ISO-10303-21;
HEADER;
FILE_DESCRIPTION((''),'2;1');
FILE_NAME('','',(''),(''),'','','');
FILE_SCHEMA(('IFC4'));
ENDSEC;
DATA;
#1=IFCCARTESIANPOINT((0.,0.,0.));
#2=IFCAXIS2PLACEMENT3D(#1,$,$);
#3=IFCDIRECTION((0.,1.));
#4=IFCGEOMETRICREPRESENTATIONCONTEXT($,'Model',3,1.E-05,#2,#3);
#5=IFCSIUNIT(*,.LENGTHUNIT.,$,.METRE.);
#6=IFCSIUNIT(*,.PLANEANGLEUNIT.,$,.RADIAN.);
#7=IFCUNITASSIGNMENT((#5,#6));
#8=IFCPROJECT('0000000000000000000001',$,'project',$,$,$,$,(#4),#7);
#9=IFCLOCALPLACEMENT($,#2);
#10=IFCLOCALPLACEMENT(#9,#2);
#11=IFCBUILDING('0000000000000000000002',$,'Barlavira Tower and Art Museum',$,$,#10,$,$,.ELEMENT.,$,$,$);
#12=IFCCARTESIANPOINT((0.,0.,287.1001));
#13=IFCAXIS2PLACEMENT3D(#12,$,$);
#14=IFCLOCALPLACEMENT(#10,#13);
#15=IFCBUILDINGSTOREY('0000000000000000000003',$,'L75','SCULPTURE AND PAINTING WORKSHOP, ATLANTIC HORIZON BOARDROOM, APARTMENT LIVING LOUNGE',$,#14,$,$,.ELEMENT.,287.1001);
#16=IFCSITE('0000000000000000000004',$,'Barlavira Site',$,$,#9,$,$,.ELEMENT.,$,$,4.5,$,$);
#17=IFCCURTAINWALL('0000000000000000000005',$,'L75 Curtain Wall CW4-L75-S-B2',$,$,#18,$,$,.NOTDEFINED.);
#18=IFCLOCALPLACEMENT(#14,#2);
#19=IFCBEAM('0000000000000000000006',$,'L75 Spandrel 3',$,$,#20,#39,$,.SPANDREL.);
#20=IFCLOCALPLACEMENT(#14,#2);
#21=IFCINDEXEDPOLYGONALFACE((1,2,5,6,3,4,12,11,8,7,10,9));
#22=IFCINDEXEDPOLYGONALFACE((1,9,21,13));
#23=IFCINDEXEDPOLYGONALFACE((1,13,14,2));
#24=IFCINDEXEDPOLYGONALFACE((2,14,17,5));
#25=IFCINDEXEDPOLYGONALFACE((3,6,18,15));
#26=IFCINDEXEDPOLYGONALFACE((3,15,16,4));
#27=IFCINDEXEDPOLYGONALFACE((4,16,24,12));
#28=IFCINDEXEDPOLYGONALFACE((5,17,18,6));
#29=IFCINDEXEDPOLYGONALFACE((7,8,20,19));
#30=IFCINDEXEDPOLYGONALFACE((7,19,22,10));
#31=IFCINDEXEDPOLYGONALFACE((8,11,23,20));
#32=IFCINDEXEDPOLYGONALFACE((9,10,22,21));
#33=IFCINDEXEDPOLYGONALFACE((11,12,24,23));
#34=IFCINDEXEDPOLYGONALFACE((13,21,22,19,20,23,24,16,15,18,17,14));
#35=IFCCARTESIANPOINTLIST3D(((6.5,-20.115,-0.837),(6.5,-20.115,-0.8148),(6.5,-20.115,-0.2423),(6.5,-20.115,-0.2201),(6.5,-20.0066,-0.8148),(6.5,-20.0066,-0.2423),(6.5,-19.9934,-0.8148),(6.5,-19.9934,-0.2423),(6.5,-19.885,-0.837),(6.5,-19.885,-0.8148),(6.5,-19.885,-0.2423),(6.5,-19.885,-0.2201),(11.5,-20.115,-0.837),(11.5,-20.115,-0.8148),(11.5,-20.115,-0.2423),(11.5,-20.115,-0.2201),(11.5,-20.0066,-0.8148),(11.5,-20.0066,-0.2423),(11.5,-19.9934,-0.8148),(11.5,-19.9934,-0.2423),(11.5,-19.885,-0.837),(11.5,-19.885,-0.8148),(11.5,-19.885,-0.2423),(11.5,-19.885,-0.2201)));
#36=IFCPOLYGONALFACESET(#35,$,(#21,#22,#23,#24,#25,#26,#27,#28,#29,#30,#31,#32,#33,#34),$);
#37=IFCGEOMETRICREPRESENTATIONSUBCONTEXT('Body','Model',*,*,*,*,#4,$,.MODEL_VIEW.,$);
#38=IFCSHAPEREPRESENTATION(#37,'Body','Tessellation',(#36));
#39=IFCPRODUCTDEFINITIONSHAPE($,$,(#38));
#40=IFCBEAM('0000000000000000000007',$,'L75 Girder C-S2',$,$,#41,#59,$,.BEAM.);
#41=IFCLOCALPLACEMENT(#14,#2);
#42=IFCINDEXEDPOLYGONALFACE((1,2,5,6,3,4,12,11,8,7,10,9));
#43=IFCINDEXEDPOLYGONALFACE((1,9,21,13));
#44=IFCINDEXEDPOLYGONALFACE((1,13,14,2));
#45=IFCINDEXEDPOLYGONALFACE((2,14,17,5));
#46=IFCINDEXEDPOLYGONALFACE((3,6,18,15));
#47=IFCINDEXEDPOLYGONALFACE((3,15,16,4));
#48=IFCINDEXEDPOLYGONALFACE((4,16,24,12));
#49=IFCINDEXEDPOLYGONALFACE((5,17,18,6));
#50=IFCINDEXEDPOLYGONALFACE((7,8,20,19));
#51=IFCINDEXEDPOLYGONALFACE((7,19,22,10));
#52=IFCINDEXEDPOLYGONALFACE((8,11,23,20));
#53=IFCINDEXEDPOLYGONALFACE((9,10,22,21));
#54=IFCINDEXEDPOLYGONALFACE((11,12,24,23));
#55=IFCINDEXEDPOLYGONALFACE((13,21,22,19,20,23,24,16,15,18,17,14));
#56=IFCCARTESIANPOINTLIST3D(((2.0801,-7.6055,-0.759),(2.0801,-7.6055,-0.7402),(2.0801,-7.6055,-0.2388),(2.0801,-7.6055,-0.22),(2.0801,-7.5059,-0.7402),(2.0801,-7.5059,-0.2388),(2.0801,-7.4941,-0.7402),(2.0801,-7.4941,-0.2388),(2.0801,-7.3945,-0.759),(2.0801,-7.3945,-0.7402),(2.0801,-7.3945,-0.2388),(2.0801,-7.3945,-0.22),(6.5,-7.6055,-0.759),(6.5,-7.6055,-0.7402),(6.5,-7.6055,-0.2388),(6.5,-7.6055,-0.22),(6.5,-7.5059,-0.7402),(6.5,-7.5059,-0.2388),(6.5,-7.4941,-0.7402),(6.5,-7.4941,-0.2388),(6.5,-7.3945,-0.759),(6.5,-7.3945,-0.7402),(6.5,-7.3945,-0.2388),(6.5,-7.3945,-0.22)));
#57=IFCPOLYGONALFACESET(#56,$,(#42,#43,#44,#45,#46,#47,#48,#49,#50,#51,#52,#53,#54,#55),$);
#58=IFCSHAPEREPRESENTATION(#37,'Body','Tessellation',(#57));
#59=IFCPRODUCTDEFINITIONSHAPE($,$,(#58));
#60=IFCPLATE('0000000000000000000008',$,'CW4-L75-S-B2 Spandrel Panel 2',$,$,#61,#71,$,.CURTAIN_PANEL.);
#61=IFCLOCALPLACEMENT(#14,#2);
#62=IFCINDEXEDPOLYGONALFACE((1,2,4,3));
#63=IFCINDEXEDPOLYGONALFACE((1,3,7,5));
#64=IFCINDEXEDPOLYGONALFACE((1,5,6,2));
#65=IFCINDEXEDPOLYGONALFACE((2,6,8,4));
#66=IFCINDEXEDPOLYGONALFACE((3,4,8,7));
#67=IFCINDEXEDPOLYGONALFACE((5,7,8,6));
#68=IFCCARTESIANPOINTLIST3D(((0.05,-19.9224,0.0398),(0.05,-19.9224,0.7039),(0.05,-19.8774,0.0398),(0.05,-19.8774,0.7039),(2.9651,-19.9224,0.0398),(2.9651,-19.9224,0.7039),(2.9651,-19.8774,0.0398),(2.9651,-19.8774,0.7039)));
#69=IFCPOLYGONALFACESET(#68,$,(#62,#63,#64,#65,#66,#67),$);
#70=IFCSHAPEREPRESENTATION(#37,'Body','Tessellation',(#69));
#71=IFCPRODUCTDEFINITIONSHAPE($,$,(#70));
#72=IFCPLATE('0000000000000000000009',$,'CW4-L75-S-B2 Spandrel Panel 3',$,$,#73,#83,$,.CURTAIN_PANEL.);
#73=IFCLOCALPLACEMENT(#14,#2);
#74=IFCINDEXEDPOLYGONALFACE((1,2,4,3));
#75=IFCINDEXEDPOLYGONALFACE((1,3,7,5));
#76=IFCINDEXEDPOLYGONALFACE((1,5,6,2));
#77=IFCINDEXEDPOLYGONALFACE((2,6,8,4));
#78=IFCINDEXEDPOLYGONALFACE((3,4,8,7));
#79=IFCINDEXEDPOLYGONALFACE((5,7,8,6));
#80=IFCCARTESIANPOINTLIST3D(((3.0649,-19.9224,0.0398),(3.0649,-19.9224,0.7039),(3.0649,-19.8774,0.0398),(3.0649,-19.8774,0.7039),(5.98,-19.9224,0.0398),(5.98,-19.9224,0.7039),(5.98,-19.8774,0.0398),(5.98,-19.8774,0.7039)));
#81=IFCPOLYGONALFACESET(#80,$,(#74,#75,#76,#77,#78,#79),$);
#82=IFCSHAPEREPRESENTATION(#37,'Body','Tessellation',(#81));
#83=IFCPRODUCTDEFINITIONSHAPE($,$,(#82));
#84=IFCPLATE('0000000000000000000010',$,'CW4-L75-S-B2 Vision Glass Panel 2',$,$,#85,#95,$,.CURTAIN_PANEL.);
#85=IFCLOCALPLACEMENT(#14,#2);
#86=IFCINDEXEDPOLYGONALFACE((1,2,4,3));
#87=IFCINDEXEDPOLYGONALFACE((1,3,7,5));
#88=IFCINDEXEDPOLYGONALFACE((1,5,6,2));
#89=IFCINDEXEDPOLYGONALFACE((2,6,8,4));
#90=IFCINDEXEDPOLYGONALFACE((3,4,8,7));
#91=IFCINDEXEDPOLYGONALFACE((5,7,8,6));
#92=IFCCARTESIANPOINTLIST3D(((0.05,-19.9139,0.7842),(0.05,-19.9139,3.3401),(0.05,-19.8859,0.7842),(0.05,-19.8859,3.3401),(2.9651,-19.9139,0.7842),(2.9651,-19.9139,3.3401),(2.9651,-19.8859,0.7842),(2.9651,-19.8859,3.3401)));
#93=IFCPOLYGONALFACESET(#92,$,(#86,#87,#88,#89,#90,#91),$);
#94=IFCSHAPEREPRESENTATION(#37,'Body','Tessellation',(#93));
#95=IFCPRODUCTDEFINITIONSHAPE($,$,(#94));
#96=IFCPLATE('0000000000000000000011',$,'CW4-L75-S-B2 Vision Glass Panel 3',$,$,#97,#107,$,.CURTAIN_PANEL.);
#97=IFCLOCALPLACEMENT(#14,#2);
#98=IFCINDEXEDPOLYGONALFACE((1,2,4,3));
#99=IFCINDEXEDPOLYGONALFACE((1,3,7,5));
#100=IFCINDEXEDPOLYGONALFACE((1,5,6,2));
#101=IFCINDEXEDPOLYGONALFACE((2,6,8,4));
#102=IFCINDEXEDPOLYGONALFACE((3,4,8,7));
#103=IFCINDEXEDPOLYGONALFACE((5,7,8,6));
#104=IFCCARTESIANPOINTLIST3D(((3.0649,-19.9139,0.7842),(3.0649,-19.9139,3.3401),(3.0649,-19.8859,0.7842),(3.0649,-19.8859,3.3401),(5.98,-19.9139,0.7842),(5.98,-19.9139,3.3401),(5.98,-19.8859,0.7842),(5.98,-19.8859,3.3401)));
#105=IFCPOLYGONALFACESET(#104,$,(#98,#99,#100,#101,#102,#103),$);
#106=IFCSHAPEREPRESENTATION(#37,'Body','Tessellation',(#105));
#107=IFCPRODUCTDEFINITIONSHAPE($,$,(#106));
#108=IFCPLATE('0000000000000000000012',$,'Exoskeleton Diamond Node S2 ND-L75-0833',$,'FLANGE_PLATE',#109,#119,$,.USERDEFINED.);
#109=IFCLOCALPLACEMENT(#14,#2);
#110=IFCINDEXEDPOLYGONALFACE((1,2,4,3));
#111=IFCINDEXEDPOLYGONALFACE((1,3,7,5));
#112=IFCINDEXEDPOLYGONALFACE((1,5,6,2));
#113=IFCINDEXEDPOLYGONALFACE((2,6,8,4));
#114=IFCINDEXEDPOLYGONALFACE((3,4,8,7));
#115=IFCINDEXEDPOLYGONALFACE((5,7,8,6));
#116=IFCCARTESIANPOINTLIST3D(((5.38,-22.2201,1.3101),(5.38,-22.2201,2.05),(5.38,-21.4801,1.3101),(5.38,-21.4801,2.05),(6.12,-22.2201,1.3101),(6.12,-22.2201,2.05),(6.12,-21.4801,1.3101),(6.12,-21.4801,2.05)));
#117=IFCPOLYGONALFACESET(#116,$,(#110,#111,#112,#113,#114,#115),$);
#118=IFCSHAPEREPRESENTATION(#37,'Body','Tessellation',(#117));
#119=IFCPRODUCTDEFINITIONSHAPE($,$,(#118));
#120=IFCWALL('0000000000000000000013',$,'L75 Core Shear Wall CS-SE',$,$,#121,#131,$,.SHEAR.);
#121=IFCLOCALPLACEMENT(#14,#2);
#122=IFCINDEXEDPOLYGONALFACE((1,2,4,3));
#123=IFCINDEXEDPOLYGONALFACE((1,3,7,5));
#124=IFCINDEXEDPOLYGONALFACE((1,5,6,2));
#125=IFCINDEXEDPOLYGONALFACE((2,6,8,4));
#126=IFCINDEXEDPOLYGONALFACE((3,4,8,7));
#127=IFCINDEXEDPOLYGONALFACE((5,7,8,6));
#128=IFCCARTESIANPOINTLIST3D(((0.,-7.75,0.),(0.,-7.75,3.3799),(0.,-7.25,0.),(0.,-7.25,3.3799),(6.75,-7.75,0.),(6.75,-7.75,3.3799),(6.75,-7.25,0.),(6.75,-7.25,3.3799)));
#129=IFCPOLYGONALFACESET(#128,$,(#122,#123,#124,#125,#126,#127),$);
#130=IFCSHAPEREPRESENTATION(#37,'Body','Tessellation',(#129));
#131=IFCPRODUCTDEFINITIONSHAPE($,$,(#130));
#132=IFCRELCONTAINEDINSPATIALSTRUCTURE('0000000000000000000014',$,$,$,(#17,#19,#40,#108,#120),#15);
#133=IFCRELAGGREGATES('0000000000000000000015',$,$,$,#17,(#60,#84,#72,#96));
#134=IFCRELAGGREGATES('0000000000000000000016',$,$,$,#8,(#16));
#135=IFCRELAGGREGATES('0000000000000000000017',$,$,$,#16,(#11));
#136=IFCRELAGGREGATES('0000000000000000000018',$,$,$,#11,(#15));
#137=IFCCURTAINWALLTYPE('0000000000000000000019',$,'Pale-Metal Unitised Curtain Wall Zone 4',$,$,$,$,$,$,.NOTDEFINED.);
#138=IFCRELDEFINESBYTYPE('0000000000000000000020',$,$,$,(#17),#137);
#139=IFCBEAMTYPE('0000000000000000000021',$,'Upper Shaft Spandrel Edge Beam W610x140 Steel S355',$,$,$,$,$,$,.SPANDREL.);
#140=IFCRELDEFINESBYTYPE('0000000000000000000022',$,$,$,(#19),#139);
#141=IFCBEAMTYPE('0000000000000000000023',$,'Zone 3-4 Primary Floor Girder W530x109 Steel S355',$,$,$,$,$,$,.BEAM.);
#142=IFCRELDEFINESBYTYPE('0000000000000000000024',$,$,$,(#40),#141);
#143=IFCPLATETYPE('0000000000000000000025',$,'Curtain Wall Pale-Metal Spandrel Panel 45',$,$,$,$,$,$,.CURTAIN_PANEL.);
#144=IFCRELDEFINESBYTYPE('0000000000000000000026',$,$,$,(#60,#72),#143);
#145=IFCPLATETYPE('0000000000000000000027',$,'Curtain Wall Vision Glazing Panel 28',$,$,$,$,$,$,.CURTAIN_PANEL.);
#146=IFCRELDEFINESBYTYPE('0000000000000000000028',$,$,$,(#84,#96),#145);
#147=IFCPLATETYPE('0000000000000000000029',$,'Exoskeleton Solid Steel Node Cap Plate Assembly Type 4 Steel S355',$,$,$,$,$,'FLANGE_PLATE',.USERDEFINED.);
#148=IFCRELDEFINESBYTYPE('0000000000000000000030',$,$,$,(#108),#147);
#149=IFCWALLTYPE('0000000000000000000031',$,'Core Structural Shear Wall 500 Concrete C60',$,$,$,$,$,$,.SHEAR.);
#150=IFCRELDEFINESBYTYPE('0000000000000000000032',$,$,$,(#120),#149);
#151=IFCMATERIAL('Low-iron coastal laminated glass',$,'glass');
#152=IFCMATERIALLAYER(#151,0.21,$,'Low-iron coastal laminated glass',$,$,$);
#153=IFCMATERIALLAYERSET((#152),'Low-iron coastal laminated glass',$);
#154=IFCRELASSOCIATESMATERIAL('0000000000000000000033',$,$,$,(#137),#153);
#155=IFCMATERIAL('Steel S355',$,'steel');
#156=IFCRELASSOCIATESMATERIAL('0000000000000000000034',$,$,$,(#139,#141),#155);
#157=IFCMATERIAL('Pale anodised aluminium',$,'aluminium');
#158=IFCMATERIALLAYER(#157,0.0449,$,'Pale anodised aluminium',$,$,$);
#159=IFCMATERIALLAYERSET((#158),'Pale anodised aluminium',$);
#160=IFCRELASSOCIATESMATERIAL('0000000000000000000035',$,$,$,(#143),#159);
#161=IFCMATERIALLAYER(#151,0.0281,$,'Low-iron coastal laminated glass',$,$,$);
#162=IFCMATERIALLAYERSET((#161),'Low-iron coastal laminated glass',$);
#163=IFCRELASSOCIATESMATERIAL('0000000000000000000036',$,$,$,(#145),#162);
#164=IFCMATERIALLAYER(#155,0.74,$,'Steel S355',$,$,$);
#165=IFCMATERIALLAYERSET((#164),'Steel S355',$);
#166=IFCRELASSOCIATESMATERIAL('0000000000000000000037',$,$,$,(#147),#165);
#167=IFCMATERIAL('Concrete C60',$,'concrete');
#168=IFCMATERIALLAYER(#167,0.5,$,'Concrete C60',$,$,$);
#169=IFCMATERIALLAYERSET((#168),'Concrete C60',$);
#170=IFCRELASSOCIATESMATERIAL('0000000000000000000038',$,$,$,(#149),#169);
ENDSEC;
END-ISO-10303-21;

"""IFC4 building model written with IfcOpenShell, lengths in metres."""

from ifc_helpers import new_model, si_unit, direction, frame, frame_2d, origin, origin_2d, place, context, subcontext, project, spatial, rectangle, i_section, extrude, material, layer, layer_set, material_profile, profile_set, type_object, element, aggregate, save


model = new_model("IFC4")

# Units and contexts
model_context = context("Model", 3, precision=1e-05, world=origin(), true_north=direction((0.0, 1.0)))
body_context = subcontext(model_context, "Body", "Model", "MODEL_VIEW")
ifc_project = project(units=[si_unit("LENGTHUNIT", "METRE"), si_unit("PLANEANGLEUNIT", "RADIAN")], contexts=[model_context])

# Site, building, storey
site_placement = place(None, origin())
site = spatial("IfcSite", under=ifc_project, at=site_placement, Name="Barlavira Site", CompositionType="ELEMENT", RefElevation=4.5)
building_placement = place(site_placement, origin())
building = spatial("IfcBuilding", under=site, at=building_placement, Name="Barlavira Tower and Art Museum", CompositionType="ELEMENT")
storey_placement = place(building_placement, frame((0.0, 0.0, 287.1001)))
storey = spatial("IfcBuildingStorey", under=building, at=storey_placement, Name="L75", Description="SCULPTURE AND PAINTING WORKSHOP, ATLANTIC HORIZON BOARDROOM, APARTMENT LIVING LOUNGE", CompositionType="ELEMENT", Elevation=287.1001)

# Shared definitions
ifc_material_1 = material(Name="Steel S355", Category="steel")

# Curtain wall
ifc_material_2 = material(Name="Low-iron coastal laminated glass", Category="glass")
ifc_layer_1 = layer(ifc_material_2, 0.21, Name="Low-iron coastal laminated glass")
ifc_layer_set_1 = layer_set([ifc_layer_1], Name="Low-iron coastal laminated glass")
curtain_wall_type = type_object("IfcCurtainWallType", Name="Pale-Metal Unitised Curtain Wall Zone 4", PredefinedType="NOTDEFINED", material=ifc_layer_set_1)
curtain_wall_placement = place(storey_placement, origin())
curtain_wall = element("IfcCurtainWall", 1, at=curtain_wall_placement, inside=storey, type_object=curtain_wall_type, Name="L75 Curtain Wall CW4-L75-S-B2", PredefinedType="NOTDEFINED")
ifc_material_3 = material(Name="Pale anodised aluminium", Category="aluminium")

# Beams
ifc_material_profile_1 = material_profile(ifc_material_1, i_section(OverallWidth=0.23, OverallDepth=0.6169, WebThickness=0.0132, FlangeThickness=0.0222, at=origin_2d()), Name="W610x140.0")
ifc_profile_set_1 = profile_set([ifc_material_profile_1], Name="Steel S355")
beam_type_1 = type_object("IfcBeamType", Name="Upper Shaft Spandrel Edge Beam W610x140 Steel S355", PredefinedType="SPANDREL", material=ifc_profile_set_1)
beam_1_placement = place(storey_placement, frame((6.5, -20.0, -0.5286), z_axis=(1.0, 0.0, 0.0), x_axis=(0.0, 1.0, 0.0)))
element("IfcBeam", 2, at=beam_1_placement, inside=storey, type_object=beam_type_1, Name="L75 Spandrel 3", PredefinedType="SPANDREL", context=body_context, shape_type="SweptSolid", body=[
    extrude(i_section(OverallWidth=0.23, OverallDepth=0.6169, WebThickness=0.0132, FlangeThickness=0.0222, at=origin_2d()), origin(), (0.0, 0.0, 1.0), 5.0),
])
ifc_material_profile_2 = material_profile(ifc_material_1, i_section(OverallWidth=0.2109, OverallDepth=0.5391, WebThickness=0.0117, FlangeThickness=0.0188, at=origin_2d()), Name="W530x109.0")
ifc_profile_set_2 = profile_set([ifc_material_profile_2], Name="Steel S355")
beam_type_2 = type_object("IfcBeamType", Name="Zone 3-4 Primary Floor Girder W530x109 Steel S355", PredefinedType="BEAM", material=ifc_profile_set_2)
beam_2_placement = place(storey_placement, frame((2.0801, -7.5, -0.4895), z_axis=(1.0, 0.0, 0.0), x_axis=(0.0, 1.0, 0.0)))
element("IfcBeam", 3, at=beam_2_placement, inside=storey, type_object=beam_type_2, Name="L75 Girder C-S2", PredefinedType="BEAM", context=body_context, shape_type="SweptSolid", body=[
    extrude(i_section(OverallWidth=0.2109, OverallDepth=0.5391, WebThickness=0.0117, FlangeThickness=0.0188, at=origin_2d()), origin(), (0.0, 0.0, 1.0), 4.4199),
])

# Plates
ifc_layer_2 = layer(ifc_material_3, 0.0449, Name="Pale anodised aluminium")
ifc_layer_set_2 = layer_set([ifc_layer_2], Name="Pale anodised aluminium")
plate_type_1 = type_object("IfcPlateType", Name="Curtain Wall Pale-Metal Spandrel Panel 45", PredefinedType="CURTAIN_PANEL", material=ifc_layer_set_2)
plate_1_placement = place(storey_placement, frame((1.5076, -19.8999, 0.0398), z_axis=(0.0, 0.0, 1.0), x_axis=(1.0, 0.0, 0.0)))
plate_1 = element("IfcPlate", 4, at=plate_1_placement, type_object=plate_type_1, Name="CW4-L75-S-B2 Spandrel Panel 2", PredefinedType="CURTAIN_PANEL", context=body_context, shape_type="SweptSolid", body=[
    extrude(rectangle(XDim=2.915, YDim=0.0449, at=origin_2d()), origin(), (0.0, 0.0, 1.0), 0.6641),
])
plate_2_placement = place(storey_placement, frame((4.5225, -19.8999, 0.0398), z_axis=(0.0, 0.0, 1.0), x_axis=(1.0, 0.0, 0.0)))
plate_2 = element("IfcPlate", 5, at=plate_2_placement, type_object=plate_type_1, Name="CW4-L75-S-B2 Spandrel Panel 3", PredefinedType="CURTAIN_PANEL", context=body_context, shape_type="SweptSolid", body=[
    extrude(rectangle(XDim=2.915, YDim=0.0449, at=origin_2d()), origin(), (0.0, 0.0, 1.0), 0.6641),
])
ifc_layer_3 = layer(ifc_material_2, 0.0281, Name="Low-iron coastal laminated glass")
ifc_layer_set_3 = layer_set([ifc_layer_3], Name="Low-iron coastal laminated glass")
plate_type_2 = type_object("IfcPlateType", Name="Curtain Wall Vision Glazing Panel 28", PredefinedType="CURTAIN_PANEL", material=ifc_layer_set_3)
plate_3_placement = place(storey_placement, frame((1.5076, -19.8999, 0.7842), z_axis=(0.0, 0.0, 1.0), x_axis=(1.0, 0.0, 0.0)))
plate_3 = element("IfcPlate", 6, at=plate_3_placement, type_object=plate_type_2, Name="CW4-L75-S-B2 Vision Glass Panel 2", PredefinedType="CURTAIN_PANEL", context=body_context, shape_type="SweptSolid", body=[
    extrude(rectangle(XDim=2.915, YDim=0.0281, at=origin_2d()), origin(), (0.0, 0.0, 1.0), 2.5559),
])
plate_4_placement = place(storey_placement, frame((4.5225, -19.8999, 0.7842), z_axis=(0.0, 0.0, 1.0), x_axis=(1.0, 0.0, 0.0)))
plate_4 = element("IfcPlate", 7, at=plate_4_placement, type_object=plate_type_2, Name="CW4-L75-S-B2 Vision Glass Panel 3", PredefinedType="CURTAIN_PANEL", context=body_context, shape_type="SweptSolid", body=[
    extrude(rectangle(XDim=2.915, YDim=0.0281, at=origin_2d()), origin(), (0.0, 0.0, 1.0), 2.5559),
])
aggregate(curtain_wall, [plate_1, plate_3, plate_2, plate_4])
ifc_layer_4 = layer(ifc_material_1, 0.74, Name="Steel S355")
ifc_layer_set_4 = layer_set([ifc_layer_4], Name="Steel S355")
plate_type_3 = type_object("IfcPlateType", Name="Exoskeleton Solid Steel Node Cap Plate Assembly Type 4 Steel S355", ElementType="FLANGE_PLATE", PredefinedType="USERDEFINED", material=ifc_layer_set_4)
plate_5_placement = place(storey_placement, frame((5.75, -21.8501, 1.3101), z_axis=(0.0, 0.0, 1.0), x_axis=(1.0, 0.0, 0.0)))
element("IfcPlate", 8, at=plate_5_placement, inside=storey, type_object=plate_type_3, Name="Exoskeleton Diamond Node S2 ND-L75-0833", ObjectType="FLANGE_PLATE", PredefinedType="USERDEFINED", context=body_context, shape_type="SweptSolid", body=[
    extrude(rectangle(XDim=0.74, YDim=0.74, at=origin_2d()), origin(), (0.0, 0.0, 1.0), 0.74),
])

# Wall
ifc_material_4 = material(Name="Concrete C60", Category="concrete")
ifc_layer_5 = layer(ifc_material_4, 0.5, Name="Concrete C60")
ifc_layer_set_5 = layer_set([ifc_layer_5], Name="Concrete C60")
wall_type = type_object("IfcWallType", Name="Core Structural Shear Wall 500 Concrete C60", PredefinedType="SHEAR", material=ifc_layer_set_5)
wall_placement = place(storey_placement, frame((0.0, -7.5, 0.0), z_axis=(0.0, 0.0, 1.0), x_axis=(1.0, 0.0, 0.0)))
element("IfcWall", 9, at=wall_placement, inside=storey, type_object=wall_type, Name="L75 Core Shear Wall CS-SE", PredefinedType="SHEAR", context=body_context, shape_type="SweptSolid", body=[
    extrude(rectangle(XDim=6.75, YDim=0.5, at=frame_2d((3.375, 0.0))), origin(), (0.0, 0.0, 1.0), 3.3799),
])

save(model, "model.ifc")
